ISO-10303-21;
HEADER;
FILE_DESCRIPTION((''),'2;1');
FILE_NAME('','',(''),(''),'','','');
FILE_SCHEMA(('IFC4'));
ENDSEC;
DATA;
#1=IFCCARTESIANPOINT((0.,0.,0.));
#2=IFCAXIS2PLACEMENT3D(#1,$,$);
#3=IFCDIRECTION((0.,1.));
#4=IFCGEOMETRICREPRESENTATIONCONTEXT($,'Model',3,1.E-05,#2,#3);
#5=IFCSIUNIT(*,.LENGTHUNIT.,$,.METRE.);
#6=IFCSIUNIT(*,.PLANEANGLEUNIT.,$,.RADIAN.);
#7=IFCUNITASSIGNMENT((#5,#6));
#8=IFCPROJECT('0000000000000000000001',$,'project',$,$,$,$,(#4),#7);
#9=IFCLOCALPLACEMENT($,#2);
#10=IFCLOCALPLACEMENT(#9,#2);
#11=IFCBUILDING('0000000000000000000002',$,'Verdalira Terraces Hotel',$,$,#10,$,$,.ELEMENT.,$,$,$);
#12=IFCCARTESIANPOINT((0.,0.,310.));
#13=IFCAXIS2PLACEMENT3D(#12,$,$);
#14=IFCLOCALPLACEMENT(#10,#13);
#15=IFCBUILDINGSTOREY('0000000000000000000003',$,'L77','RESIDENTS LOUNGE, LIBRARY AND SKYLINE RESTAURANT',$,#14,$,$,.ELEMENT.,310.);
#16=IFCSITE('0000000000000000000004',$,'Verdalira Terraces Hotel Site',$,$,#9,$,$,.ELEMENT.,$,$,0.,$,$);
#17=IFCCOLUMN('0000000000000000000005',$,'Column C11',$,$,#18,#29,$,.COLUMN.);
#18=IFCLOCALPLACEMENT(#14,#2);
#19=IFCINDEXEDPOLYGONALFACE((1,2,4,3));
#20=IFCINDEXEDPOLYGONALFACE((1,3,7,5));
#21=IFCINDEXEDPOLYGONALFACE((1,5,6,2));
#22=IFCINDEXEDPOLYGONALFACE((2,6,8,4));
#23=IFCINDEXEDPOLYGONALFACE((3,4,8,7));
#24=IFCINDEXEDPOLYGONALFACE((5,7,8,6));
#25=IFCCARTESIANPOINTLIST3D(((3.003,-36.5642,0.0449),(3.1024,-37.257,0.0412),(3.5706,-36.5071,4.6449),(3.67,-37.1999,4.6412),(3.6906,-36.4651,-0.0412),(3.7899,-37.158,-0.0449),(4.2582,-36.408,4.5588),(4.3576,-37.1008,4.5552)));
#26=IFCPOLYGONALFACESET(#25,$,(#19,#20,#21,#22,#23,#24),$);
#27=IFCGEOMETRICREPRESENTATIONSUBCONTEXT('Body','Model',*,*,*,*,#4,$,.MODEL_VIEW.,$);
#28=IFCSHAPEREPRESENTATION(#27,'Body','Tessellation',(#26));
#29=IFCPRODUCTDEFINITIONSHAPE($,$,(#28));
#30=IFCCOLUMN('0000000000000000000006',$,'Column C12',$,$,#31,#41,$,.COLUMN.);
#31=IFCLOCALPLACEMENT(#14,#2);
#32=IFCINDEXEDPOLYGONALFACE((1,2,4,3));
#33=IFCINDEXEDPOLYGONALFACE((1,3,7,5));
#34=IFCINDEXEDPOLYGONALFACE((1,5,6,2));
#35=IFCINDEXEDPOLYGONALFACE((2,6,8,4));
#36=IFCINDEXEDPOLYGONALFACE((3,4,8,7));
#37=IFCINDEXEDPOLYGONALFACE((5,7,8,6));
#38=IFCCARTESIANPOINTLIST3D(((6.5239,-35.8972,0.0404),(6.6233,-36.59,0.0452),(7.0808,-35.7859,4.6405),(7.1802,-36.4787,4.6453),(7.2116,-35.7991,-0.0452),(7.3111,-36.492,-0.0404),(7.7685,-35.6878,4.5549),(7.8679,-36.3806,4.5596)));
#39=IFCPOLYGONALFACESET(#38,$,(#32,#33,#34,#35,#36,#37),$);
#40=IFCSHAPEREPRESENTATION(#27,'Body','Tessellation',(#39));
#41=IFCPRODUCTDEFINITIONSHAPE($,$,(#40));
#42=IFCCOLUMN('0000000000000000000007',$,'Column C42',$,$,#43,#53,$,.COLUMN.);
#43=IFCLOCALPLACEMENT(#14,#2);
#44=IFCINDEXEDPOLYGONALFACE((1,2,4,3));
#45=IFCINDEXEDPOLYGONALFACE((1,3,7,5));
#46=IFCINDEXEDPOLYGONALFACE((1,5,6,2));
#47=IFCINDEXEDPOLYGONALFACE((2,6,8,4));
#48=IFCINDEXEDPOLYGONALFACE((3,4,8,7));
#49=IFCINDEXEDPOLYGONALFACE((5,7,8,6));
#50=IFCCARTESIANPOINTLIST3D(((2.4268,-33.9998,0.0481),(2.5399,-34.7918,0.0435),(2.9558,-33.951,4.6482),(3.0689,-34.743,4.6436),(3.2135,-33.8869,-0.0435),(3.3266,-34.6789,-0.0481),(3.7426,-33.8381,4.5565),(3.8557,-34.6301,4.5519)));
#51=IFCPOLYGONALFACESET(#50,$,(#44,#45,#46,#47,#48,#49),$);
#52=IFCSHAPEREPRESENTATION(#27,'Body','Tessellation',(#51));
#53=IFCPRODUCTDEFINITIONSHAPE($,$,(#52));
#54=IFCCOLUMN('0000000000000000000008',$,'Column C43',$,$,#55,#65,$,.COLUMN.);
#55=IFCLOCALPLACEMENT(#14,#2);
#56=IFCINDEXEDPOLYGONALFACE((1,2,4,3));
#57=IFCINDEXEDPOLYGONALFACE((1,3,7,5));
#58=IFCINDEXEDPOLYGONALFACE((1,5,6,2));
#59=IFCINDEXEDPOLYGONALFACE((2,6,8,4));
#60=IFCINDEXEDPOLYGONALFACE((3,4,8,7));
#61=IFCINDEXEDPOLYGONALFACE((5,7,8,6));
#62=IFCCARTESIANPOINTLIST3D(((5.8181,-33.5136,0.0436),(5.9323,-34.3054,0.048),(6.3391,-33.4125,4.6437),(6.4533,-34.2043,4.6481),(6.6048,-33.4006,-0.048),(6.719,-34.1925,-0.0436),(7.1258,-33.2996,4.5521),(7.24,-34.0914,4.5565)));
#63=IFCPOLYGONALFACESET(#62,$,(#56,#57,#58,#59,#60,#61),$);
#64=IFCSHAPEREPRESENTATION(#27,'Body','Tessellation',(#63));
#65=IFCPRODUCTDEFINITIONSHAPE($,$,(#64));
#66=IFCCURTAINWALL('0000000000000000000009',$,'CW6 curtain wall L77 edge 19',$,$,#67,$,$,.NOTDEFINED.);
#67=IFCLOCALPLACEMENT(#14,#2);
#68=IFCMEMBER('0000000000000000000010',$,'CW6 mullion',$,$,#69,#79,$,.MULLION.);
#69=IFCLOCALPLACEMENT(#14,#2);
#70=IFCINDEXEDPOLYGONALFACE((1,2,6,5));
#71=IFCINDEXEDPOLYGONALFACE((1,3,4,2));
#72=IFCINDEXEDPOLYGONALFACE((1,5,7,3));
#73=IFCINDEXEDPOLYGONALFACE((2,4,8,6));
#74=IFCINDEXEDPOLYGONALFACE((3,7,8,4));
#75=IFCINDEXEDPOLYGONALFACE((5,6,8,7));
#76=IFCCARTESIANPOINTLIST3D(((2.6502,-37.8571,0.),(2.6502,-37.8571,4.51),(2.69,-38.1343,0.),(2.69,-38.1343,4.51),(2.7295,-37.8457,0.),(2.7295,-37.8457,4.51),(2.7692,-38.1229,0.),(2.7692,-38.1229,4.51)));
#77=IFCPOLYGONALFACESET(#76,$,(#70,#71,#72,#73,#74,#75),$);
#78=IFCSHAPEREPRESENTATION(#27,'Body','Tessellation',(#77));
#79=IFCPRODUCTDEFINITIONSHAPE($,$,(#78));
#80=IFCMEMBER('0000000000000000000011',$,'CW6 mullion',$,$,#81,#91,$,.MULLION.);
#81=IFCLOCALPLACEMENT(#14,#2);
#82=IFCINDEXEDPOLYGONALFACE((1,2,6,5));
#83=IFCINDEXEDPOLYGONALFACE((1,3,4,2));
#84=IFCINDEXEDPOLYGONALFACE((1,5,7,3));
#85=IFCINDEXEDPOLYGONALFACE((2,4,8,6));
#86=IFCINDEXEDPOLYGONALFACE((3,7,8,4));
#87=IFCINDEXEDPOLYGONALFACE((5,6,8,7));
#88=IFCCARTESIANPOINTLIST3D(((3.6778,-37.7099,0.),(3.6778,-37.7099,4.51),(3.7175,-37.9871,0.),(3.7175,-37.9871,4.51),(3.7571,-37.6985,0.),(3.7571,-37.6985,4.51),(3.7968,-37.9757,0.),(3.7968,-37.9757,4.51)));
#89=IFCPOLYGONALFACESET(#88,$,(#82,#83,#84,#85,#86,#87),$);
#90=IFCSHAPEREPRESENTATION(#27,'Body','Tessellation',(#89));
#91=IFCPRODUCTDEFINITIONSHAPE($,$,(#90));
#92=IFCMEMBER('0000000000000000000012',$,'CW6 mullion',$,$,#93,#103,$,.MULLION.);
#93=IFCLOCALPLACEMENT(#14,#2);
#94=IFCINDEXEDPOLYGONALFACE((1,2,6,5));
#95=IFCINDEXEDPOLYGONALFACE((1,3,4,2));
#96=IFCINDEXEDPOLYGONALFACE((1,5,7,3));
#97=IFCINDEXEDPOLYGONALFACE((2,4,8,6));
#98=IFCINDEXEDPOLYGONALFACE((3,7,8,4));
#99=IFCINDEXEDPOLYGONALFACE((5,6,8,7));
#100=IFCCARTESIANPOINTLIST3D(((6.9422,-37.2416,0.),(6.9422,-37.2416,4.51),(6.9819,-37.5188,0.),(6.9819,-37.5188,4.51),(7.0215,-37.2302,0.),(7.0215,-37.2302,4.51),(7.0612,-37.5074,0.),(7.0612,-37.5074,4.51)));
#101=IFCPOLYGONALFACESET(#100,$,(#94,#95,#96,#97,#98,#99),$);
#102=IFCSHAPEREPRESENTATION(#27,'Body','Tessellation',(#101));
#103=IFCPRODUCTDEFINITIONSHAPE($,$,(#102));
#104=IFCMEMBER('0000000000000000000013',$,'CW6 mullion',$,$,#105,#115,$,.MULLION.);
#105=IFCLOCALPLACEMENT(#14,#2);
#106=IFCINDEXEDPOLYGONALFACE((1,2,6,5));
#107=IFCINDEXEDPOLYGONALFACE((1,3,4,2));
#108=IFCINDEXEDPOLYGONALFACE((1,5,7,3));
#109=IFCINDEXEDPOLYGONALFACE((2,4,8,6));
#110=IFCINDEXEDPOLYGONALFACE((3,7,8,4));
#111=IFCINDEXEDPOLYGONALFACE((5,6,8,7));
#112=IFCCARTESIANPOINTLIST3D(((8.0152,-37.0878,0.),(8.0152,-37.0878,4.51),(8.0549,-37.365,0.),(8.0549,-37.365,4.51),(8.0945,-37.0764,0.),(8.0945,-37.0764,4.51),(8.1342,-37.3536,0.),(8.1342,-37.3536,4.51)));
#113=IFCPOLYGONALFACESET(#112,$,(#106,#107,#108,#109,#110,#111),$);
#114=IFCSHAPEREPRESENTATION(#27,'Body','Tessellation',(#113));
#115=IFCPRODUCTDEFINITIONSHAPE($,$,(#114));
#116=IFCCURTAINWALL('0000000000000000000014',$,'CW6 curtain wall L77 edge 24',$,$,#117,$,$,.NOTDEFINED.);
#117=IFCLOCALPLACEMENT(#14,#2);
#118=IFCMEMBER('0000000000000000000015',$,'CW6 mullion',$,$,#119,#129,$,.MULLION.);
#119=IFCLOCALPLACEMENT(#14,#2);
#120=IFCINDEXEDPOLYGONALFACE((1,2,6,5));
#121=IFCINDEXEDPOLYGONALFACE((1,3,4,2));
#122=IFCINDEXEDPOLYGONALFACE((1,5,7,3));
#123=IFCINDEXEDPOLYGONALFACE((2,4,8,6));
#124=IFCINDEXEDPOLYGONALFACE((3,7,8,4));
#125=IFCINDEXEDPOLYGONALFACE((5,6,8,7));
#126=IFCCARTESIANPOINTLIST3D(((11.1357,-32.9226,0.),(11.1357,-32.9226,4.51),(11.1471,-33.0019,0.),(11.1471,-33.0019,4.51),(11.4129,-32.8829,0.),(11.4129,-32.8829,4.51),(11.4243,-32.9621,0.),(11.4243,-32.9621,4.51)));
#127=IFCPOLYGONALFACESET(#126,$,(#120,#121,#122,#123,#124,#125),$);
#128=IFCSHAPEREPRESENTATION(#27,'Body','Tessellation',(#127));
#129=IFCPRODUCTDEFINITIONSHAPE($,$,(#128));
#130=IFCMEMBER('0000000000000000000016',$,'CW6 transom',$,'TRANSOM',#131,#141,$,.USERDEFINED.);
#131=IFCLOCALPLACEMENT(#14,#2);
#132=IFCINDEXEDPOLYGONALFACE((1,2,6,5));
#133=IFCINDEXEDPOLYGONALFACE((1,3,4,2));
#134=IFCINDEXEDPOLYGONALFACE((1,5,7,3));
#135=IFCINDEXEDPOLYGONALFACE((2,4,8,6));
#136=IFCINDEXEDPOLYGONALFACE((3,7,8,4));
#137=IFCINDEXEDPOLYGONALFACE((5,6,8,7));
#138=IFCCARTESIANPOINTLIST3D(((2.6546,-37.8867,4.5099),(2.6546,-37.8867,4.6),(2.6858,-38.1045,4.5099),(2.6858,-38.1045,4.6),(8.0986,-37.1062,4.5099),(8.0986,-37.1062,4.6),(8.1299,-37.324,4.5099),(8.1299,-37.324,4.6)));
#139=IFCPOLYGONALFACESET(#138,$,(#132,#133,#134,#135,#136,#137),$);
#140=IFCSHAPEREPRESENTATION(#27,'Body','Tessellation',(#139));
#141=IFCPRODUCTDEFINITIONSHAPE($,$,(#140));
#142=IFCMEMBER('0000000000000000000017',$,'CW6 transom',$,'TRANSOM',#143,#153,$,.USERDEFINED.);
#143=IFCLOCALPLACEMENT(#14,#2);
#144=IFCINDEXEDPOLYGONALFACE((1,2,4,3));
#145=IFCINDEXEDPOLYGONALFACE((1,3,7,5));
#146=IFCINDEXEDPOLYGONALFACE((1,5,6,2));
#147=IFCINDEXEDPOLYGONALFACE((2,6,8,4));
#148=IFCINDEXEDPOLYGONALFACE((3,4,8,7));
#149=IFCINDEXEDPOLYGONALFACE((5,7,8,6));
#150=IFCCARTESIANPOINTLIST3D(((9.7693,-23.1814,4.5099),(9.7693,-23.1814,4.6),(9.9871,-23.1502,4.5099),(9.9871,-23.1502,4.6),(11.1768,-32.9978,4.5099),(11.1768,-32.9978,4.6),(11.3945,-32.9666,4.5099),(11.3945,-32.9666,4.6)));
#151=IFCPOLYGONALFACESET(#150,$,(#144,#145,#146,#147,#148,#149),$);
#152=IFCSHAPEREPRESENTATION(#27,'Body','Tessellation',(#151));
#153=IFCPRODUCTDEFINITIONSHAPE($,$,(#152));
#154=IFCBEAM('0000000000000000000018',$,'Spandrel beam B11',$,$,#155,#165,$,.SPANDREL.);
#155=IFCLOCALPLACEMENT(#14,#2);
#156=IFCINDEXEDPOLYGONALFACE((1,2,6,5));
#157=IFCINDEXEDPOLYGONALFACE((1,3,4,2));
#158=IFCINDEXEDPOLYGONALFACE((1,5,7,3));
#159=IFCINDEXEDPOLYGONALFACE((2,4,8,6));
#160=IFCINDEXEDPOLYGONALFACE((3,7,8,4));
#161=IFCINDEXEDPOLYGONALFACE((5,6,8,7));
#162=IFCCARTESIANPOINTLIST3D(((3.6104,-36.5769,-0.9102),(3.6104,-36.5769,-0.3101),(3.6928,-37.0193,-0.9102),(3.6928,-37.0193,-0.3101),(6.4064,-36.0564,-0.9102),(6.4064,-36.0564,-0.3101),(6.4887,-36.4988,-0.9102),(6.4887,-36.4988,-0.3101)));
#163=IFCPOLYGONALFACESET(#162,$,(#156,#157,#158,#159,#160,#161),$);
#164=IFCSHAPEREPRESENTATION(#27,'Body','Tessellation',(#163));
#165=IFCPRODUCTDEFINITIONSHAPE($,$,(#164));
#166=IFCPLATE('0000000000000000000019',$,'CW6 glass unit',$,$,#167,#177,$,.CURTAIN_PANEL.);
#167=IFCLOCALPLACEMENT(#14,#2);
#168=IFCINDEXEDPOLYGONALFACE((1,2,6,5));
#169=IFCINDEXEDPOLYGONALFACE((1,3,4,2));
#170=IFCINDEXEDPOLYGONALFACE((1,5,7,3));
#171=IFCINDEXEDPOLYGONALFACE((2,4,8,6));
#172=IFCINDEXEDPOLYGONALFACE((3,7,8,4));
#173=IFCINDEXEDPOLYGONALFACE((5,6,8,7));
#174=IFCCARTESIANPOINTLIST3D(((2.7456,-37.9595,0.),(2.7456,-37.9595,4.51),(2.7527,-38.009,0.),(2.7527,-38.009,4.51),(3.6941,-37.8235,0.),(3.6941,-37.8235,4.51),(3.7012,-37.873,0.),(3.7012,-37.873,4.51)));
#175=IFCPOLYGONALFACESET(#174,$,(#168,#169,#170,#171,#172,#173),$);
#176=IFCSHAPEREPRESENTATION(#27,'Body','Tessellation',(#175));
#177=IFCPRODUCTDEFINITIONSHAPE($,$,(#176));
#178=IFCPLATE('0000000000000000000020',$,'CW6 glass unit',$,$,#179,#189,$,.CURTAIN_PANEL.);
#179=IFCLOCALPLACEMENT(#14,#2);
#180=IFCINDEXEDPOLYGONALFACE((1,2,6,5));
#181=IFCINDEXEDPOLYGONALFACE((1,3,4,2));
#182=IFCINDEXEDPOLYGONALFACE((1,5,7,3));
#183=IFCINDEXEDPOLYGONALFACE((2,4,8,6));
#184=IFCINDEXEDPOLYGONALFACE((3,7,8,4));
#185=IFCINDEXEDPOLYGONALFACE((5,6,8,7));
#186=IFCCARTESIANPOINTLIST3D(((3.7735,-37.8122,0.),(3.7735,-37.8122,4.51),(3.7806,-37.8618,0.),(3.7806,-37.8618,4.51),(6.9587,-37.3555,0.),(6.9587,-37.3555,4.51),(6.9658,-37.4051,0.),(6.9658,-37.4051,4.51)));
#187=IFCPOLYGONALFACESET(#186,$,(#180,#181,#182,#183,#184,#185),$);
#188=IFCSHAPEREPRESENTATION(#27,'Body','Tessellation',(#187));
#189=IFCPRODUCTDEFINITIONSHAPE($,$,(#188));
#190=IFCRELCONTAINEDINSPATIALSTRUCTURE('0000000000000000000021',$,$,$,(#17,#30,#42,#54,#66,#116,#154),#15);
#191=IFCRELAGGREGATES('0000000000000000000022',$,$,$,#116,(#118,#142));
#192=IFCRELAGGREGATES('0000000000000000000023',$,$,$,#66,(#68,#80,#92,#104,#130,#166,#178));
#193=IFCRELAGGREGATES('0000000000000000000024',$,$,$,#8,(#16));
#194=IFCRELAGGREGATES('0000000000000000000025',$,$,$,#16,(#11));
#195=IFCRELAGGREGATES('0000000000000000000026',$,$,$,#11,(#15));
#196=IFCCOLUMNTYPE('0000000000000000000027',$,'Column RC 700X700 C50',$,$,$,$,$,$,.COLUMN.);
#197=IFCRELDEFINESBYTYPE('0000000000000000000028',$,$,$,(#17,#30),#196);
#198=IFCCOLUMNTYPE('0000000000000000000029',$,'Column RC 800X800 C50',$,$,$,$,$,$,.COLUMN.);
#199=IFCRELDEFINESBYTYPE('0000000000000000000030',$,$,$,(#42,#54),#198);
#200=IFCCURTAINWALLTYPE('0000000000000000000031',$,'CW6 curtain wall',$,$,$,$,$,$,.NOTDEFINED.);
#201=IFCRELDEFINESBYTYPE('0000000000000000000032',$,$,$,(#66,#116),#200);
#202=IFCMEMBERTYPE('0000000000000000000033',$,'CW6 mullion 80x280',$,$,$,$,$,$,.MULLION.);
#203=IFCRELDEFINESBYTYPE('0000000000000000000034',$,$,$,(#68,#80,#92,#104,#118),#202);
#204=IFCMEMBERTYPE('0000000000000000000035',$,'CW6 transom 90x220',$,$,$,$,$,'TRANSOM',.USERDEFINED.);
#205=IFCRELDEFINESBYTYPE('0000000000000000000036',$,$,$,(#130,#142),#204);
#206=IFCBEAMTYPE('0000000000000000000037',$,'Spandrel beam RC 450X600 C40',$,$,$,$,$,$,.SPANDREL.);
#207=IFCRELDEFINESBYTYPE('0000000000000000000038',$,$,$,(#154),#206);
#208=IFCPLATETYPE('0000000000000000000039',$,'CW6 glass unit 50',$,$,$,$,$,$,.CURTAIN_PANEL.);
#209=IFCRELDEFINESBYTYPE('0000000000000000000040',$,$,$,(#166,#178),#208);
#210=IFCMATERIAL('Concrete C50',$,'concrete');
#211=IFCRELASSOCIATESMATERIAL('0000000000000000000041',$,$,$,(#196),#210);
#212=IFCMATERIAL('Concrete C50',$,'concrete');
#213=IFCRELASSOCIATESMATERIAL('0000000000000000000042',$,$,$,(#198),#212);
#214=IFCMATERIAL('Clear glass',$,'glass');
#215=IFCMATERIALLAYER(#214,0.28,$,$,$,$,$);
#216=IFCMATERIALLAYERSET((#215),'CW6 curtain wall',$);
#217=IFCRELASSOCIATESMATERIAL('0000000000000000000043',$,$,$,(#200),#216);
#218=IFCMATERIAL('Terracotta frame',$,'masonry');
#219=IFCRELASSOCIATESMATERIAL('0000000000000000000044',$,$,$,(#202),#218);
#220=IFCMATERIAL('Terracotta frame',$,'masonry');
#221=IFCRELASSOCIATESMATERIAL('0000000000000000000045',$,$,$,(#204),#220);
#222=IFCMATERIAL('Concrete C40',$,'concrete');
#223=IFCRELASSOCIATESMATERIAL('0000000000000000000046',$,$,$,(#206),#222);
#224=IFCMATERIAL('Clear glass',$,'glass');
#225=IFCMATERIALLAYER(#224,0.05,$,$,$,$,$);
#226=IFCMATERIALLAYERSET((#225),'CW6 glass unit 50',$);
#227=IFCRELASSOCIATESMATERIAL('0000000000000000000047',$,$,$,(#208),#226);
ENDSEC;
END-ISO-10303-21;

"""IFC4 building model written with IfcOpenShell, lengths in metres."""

from ifc_helpers import new_model, si_unit, direction, frame, origin, origin_2d, place, context, subcontext, project, spatial, rectangle, extrude, material, layer, layer_set, material_profile, profile_set, type_object, element, aggregate, save


model = new_model("IFC4")

# Units and contexts
model_context = context("Model", 3, precision=1e-05, world=origin(), true_north=direction((0.0, 1.0)))
body_context = subcontext(model_context, "Body", "Model", "MODEL_VIEW")
ifc_project = project(units=[si_unit("LENGTHUNIT", "METRE"), si_unit("PLANEANGLEUNIT", "RADIAN")], contexts=[model_context])

# Site, building, storey
site_placement = place(None, origin())
site = spatial("IfcSite", under=ifc_project, at=site_placement, Name="Verdalira Terraces Hotel Site", CompositionType="ELEMENT", RefElevation=0.0)
building_placement = place(site_placement, origin())
building = spatial("IfcBuilding", under=site, at=building_placement, Name="Verdalira Terraces Hotel", CompositionType="ELEMENT")
storey_placement = place(building_placement, frame((0.0, 0.0, 310.0)))
storey = spatial("IfcBuildingStorey", under=building, at=storey_placement, Name="L77", Description="RESIDENTS LOUNGE, LIBRARY AND SKYLINE RESTAURANT", CompositionType="ELEMENT", Elevation=310.0)

# Columns
ifc_material_1 = material(Name="Concrete C50", Category="concrete")
ifc_material_profile_1 = material_profile(ifc_material_1, rectangle(XDim=0.7, YDim=0.7, at=origin_2d()), Name="RC 700X700")
ifc_profile_set_1 = profile_set([ifc_material_profile_1], Name="Concrete C50")
column_type_1 = type_object("IfcColumnType", Name="Column RC 700X700 C50", PredefinedType="COLUMN", material=ifc_profile_set_1)
column_1_placement = place(storey_placement, frame((3.3965, -36.8611, 0.0), z_axis=(0.122456, 0.012325, 0.992397), x_axis=(0.982265, 0.141545, -0.122964)))
element("IfcColumn", 1, at=column_1_placement, inside=storey, type_object=column_type_1, Name="Column C11", PredefinedType="COLUMN", context=body_context, shape_type="SweptSolid", body=[
    extrude(rectangle(XDim=0.7, YDim=0.7, at=origin_2d()), origin(), (0.0, 0.0, 1.0), 4.6353),
])
column_2_placement = place(storey_placement, frame((6.9175, -36.1946, 0.0), z_axis=(0.120147, 0.024019, 0.992465), x_axis=(0.982544, 0.140145, -0.122338)))
element("IfcColumn", 2, at=column_2_placement, inside=storey, type_object=column_type_1, Name="Column C12", PredefinedType="COLUMN", context=body_context, shape_type="SweptSolid", body=[
    extrude(rectangle(XDim=0.7, YDim=0.7, at=origin_2d()), origin(), (0.0, 0.0, 1.0), 4.635),
])
ifc_material_2 = material(Name="Concrete C50", Category="concrete")
ifc_material_profile_2 = material_profile(ifc_material_2, rectangle(XDim=0.8, YDim=0.8, at=origin_2d()), Name="RC 800X800")
ifc_profile_set_2 = profile_set([ifc_material_profile_2], Name="Concrete C50")
column_type_2 = type_object("IfcColumnType", Name="Column RC 800X800 C50", PredefinedType="COLUMN", material=ifc_profile_set_2)
for number, where, z_axis, x_axis, name in (
    (3, (2.8767, -34.3394, 0.0), (0.11425, 0.010544, 0.993396), (0.141353, -0.989943, -0.005749), "Column C42"),
    (4, (6.2686, -33.853, 0.0), (0.112511, 0.021827, 0.993411), (0.142721, -0.989747, 0.005583), "Column C43"),
):
    element("IfcColumn", number, at=place(storey_placement, frame(where, z_axis=z_axis, x_axis=x_axis)), inside=storey, type_object=column_type_2, Name=name, PredefinedType="COLUMN", context=body_context, shape_type="SweptSolid", body=[
        extrude(rectangle(XDim=0.8, YDim=0.8, at=origin_2d()), origin(), (0.0, 0.0, 1.0), 4.6306),
    ])

# Curtain wall, members
ifc_material_3 = material(Name="Clear glass", Category="glass")
ifc_layer_1 = layer(ifc_material_3, 0.28)
ifc_layer_set_1 = layer_set([ifc_layer_1], Name="CW6 curtain wall")
curtain_wall_type = type_object("IfcCurtainWallType", Name="CW6 curtain wall", PredefinedType="NOTDEFINED", material=ifc_layer_set_1)
curtain_wall_1_placement = place(storey_placement, origin())
curtain_wall_1 = element("IfcCurtainWall", 5, at=curtain_wall_1_placement, inside=storey, type_object=curtain_wall_type, Name="CW6 curtain wall L77 edge 19", PredefinedType="NOTDEFINED")
ifc_material_4 = material(Name="Terracotta frame", Category="masonry")
ifc_material_profile_3 = material_profile(ifc_material_4, rectangle(XDim=0.0801, YDim=0.28, at=origin_2d()), Name="MU 80x280")
ifc_profile_set_3 = profile_set([ifc_material_profile_3], Name="Terracotta frame")
member_type_1 = type_object("IfcMemberType", Name="CW6 mullion 80x280", PredefinedType="MULLION", material=ifc_profile_set_3)
member_1_placement = place(storey_placement, frame((2.7097, -37.99, 0.0), z_axis=(0.0, 0.0, 1.0), x_axis=(0.989876, 0.141938, 0.0)))
member_1 = element("IfcMember", 6, at=member_1_placement, type_object=member_type_1, Name="CW6 mullion", PredefinedType="MULLION", context=body_context, shape_type="SweptSolid", body=[
    extrude(rectangle(XDim=0.0801, YDim=0.28, at=origin_2d()), origin(), (0.0, 0.0, 1.0), 4.51),
])
member_2_placement = place(storey_placement, frame((3.7373, -37.8428, 0.0), z_axis=(0.0, 0.0, 1.0), x_axis=(0.989876, 0.141938, 0.0)))
member_2 = element("IfcMember", 7, at=member_2_placement, type_object=member_type_1, Name="CW6 mullion", PredefinedType="MULLION", context=body_context, shape_type="SweptSolid", body=[
    extrude(rectangle(XDim=0.0801, YDim=0.28, at=origin_2d()), origin(), (0.0, 0.0, 1.0), 4.51),
])
member_3_placement = place(storey_placement, frame((7.0017, -37.3745, 0.0), z_axis=(0.0, 0.0, 1.0), x_axis=(0.989876, 0.141938, 0.0)))
member_3 = element("IfcMember", 8, at=member_3_placement, type_object=member_type_1, Name="CW6 mullion", PredefinedType="MULLION", context=body_context, shape_type="SweptSolid", body=[
    extrude(rectangle(XDim=0.0801, YDim=0.28, at=origin_2d()), origin(), (0.0, 0.0, 1.0), 4.51),
])
member_4_placement = place(storey_placement, frame((8.0747, -37.2207, 0.0), z_axis=(0.0, 0.0, 1.0), x_axis=(0.989876, 0.141938, 0.0)))
member_4 = element("IfcMember", 9, at=member_4_placement, type_object=member_type_1, Name="CW6 mullion", PredefinedType="MULLION", context=body_context, shape_type="SweptSolid", body=[
    extrude(rectangle(XDim=0.0801, YDim=0.28, at=origin_2d()), origin(), (0.0, 0.0, 1.0), 4.51),
])

# Curtain wall, member
curtain_wall_2_placement = place(storey_placement, origin())
curtain_wall_2 = element("IfcCurtainWall", 10, at=curtain_wall_2_placement, inside=storey, type_object=curtain_wall_type, Name="CW6 curtain wall L77 edge 24", PredefinedType="NOTDEFINED")
member_5_placement = place(storey_placement, frame((11.28, -32.9424, 0.0), z_axis=(0.0, 0.0, 1.0), x_axis=(-0.141938, 0.989876, 0.0)))
member_5 = element("IfcMember", 11, at=member_5_placement, type_object=member_type_1, Name="CW6 mullion", PredefinedType="MULLION", context=body_context, shape_type="SweptSolid", body=[
    extrude(rectangle(XDim=0.0801, YDim=0.28, at=origin_2d()), origin(), (0.0, 0.0, 1.0), 4.51),
])

# Members
ifc_material_5 = material(Name="Terracotta frame", Category="masonry")
ifc_material_profile_4 = material_profile(ifc_material_5, rectangle(XDim=0.22, YDim=0.0901, at=origin_2d()), Name="TR 90x220")
ifc_profile_set_4 = profile_set([ifc_material_profile_4], Name="Terracotta frame")
member_type_2 = type_object("IfcMemberType", Name="CW6 transom 90x220", ElementType="TRANSOM", PredefinedType="USERDEFINED", material=ifc_profile_set_4)
member_6_placement = place(storey_placement, frame((2.6702, -37.9956, 4.5549), z_axis=(0.989878, 0.141919, 0.0), x_axis=(-0.141919, 0.989878, 0.0)))
member_6 = element("IfcMember", 12, at=member_6_placement, type_object=member_type_2, Name="CW6 transom", ObjectType="TRANSOM", PredefinedType="USERDEFINED", context=body_context, shape_type="SweptSolid", body=[
    extrude(rectangle(XDim=0.22, YDim=0.0901, at=origin_2d()), origin(), (0.0, 0.0, 1.0), 5.4998),
])
member_7_placement = place(storey_placement, frame((11.2856, -32.9822, 4.5549), z_axis=(-0.141928, 0.989877, 0.0), x_axis=(-0.989877, -0.141928, 0.0)))
member_7 = element("IfcMember", 13, at=member_7_placement, type_object=member_type_2, Name="CW6 transom", ObjectType="TRANSOM", PredefinedType="USERDEFINED", context=body_context, shape_type="SweptSolid", body=[
    extrude(rectangle(XDim=0.22, YDim=0.0901, at=origin_2d()), origin(), (0.0, 0.0, 1.0), 9.9167),
])
aggregate(curtain_wall_2, [member_5, member_7])

# Beam
ifc_material_6 = material(Name="Concrete C40", Category="concrete")
ifc_material_profile_5 = material_profile(ifc_material_6, rectangle(XDim=0.45, YDim=0.6001, at=origin_2d()), Name="RC 450X600")
ifc_profile_set_5 = profile_set([ifc_material_profile_5], Name="Concrete C40")
beam_type = type_object("IfcBeamType", Name="Spandrel beam RC 450X600 C40", PredefinedType="SPANDREL", material=ifc_profile_set_5)
beam_placement = place(storey_placement, frame((3.6516, -36.7981, -0.6101), z_axis=(0.983109, 0.183024, 0.0), x_axis=(-0.183024, 0.983109, 0.0)))
element("IfcBeam", 14, at=beam_placement, inside=storey, type_object=beam_type, Name="Spandrel beam B11", PredefinedType="SPANDREL", context=body_context, shape_type="SweptSolid", body=[
    extrude(rectangle(XDim=0.45, YDim=0.6001, at=origin_2d()), origin(), (0.0, 0.0, 1.0), 2.844),
])

# Plates
ifc_material_7 = material(Name="Clear glass", Category="glass")
ifc_layer_2 = layer(ifc_material_7, 0.05)
ifc_layer_set_2 = layer_set([ifc_layer_2], Name="CW6 glass unit 50")
plate_type = type_object("IfcPlateType", Name="CW6 glass unit 50", PredefinedType="CURTAIN_PANEL", material=ifc_layer_set_2)
plate_1_placement = place(storey_placement, frame((3.2234, -37.9163, 0.0), z_axis=(0.0, 0.0, 1.0), x_axis=(0.989876, 0.141938, 0.0)))
plate_1 = element("IfcPlate", 15, at=plate_1_placement, type_object=plate_type, Name="CW6 glass unit", PredefinedType="CURTAIN_PANEL", context=body_context, shape_type="SweptSolid", body=[
    extrude(rectangle(XDim=0.9583, YDim=0.05, at=origin_2d()), origin(), (0.0, 0.0, 1.0), 4.51),
])
plate_2_placement = place(storey_placement, frame((5.3696, -37.6086, 0.0), z_axis=(0.0, 0.0, 1.0), x_axis=(0.989876, 0.141938, 0.0)))
plate_2 = element("IfcPlate", 16, at=plate_2_placement, type_object=plate_type, Name="CW6 glass unit", PredefinedType="CURTAIN_PANEL", context=body_context, shape_type="SweptSolid", body=[
    extrude(rectangle(XDim=3.2178, YDim=0.05, at=origin_2d()), origin(), (0.0, 0.0, 1.0), 4.51),
])
aggregate(curtain_wall_1, [member_1, member_2, member_3, member_4, member_6, plate_1, plate_2])

save(model, "model.ifc")
